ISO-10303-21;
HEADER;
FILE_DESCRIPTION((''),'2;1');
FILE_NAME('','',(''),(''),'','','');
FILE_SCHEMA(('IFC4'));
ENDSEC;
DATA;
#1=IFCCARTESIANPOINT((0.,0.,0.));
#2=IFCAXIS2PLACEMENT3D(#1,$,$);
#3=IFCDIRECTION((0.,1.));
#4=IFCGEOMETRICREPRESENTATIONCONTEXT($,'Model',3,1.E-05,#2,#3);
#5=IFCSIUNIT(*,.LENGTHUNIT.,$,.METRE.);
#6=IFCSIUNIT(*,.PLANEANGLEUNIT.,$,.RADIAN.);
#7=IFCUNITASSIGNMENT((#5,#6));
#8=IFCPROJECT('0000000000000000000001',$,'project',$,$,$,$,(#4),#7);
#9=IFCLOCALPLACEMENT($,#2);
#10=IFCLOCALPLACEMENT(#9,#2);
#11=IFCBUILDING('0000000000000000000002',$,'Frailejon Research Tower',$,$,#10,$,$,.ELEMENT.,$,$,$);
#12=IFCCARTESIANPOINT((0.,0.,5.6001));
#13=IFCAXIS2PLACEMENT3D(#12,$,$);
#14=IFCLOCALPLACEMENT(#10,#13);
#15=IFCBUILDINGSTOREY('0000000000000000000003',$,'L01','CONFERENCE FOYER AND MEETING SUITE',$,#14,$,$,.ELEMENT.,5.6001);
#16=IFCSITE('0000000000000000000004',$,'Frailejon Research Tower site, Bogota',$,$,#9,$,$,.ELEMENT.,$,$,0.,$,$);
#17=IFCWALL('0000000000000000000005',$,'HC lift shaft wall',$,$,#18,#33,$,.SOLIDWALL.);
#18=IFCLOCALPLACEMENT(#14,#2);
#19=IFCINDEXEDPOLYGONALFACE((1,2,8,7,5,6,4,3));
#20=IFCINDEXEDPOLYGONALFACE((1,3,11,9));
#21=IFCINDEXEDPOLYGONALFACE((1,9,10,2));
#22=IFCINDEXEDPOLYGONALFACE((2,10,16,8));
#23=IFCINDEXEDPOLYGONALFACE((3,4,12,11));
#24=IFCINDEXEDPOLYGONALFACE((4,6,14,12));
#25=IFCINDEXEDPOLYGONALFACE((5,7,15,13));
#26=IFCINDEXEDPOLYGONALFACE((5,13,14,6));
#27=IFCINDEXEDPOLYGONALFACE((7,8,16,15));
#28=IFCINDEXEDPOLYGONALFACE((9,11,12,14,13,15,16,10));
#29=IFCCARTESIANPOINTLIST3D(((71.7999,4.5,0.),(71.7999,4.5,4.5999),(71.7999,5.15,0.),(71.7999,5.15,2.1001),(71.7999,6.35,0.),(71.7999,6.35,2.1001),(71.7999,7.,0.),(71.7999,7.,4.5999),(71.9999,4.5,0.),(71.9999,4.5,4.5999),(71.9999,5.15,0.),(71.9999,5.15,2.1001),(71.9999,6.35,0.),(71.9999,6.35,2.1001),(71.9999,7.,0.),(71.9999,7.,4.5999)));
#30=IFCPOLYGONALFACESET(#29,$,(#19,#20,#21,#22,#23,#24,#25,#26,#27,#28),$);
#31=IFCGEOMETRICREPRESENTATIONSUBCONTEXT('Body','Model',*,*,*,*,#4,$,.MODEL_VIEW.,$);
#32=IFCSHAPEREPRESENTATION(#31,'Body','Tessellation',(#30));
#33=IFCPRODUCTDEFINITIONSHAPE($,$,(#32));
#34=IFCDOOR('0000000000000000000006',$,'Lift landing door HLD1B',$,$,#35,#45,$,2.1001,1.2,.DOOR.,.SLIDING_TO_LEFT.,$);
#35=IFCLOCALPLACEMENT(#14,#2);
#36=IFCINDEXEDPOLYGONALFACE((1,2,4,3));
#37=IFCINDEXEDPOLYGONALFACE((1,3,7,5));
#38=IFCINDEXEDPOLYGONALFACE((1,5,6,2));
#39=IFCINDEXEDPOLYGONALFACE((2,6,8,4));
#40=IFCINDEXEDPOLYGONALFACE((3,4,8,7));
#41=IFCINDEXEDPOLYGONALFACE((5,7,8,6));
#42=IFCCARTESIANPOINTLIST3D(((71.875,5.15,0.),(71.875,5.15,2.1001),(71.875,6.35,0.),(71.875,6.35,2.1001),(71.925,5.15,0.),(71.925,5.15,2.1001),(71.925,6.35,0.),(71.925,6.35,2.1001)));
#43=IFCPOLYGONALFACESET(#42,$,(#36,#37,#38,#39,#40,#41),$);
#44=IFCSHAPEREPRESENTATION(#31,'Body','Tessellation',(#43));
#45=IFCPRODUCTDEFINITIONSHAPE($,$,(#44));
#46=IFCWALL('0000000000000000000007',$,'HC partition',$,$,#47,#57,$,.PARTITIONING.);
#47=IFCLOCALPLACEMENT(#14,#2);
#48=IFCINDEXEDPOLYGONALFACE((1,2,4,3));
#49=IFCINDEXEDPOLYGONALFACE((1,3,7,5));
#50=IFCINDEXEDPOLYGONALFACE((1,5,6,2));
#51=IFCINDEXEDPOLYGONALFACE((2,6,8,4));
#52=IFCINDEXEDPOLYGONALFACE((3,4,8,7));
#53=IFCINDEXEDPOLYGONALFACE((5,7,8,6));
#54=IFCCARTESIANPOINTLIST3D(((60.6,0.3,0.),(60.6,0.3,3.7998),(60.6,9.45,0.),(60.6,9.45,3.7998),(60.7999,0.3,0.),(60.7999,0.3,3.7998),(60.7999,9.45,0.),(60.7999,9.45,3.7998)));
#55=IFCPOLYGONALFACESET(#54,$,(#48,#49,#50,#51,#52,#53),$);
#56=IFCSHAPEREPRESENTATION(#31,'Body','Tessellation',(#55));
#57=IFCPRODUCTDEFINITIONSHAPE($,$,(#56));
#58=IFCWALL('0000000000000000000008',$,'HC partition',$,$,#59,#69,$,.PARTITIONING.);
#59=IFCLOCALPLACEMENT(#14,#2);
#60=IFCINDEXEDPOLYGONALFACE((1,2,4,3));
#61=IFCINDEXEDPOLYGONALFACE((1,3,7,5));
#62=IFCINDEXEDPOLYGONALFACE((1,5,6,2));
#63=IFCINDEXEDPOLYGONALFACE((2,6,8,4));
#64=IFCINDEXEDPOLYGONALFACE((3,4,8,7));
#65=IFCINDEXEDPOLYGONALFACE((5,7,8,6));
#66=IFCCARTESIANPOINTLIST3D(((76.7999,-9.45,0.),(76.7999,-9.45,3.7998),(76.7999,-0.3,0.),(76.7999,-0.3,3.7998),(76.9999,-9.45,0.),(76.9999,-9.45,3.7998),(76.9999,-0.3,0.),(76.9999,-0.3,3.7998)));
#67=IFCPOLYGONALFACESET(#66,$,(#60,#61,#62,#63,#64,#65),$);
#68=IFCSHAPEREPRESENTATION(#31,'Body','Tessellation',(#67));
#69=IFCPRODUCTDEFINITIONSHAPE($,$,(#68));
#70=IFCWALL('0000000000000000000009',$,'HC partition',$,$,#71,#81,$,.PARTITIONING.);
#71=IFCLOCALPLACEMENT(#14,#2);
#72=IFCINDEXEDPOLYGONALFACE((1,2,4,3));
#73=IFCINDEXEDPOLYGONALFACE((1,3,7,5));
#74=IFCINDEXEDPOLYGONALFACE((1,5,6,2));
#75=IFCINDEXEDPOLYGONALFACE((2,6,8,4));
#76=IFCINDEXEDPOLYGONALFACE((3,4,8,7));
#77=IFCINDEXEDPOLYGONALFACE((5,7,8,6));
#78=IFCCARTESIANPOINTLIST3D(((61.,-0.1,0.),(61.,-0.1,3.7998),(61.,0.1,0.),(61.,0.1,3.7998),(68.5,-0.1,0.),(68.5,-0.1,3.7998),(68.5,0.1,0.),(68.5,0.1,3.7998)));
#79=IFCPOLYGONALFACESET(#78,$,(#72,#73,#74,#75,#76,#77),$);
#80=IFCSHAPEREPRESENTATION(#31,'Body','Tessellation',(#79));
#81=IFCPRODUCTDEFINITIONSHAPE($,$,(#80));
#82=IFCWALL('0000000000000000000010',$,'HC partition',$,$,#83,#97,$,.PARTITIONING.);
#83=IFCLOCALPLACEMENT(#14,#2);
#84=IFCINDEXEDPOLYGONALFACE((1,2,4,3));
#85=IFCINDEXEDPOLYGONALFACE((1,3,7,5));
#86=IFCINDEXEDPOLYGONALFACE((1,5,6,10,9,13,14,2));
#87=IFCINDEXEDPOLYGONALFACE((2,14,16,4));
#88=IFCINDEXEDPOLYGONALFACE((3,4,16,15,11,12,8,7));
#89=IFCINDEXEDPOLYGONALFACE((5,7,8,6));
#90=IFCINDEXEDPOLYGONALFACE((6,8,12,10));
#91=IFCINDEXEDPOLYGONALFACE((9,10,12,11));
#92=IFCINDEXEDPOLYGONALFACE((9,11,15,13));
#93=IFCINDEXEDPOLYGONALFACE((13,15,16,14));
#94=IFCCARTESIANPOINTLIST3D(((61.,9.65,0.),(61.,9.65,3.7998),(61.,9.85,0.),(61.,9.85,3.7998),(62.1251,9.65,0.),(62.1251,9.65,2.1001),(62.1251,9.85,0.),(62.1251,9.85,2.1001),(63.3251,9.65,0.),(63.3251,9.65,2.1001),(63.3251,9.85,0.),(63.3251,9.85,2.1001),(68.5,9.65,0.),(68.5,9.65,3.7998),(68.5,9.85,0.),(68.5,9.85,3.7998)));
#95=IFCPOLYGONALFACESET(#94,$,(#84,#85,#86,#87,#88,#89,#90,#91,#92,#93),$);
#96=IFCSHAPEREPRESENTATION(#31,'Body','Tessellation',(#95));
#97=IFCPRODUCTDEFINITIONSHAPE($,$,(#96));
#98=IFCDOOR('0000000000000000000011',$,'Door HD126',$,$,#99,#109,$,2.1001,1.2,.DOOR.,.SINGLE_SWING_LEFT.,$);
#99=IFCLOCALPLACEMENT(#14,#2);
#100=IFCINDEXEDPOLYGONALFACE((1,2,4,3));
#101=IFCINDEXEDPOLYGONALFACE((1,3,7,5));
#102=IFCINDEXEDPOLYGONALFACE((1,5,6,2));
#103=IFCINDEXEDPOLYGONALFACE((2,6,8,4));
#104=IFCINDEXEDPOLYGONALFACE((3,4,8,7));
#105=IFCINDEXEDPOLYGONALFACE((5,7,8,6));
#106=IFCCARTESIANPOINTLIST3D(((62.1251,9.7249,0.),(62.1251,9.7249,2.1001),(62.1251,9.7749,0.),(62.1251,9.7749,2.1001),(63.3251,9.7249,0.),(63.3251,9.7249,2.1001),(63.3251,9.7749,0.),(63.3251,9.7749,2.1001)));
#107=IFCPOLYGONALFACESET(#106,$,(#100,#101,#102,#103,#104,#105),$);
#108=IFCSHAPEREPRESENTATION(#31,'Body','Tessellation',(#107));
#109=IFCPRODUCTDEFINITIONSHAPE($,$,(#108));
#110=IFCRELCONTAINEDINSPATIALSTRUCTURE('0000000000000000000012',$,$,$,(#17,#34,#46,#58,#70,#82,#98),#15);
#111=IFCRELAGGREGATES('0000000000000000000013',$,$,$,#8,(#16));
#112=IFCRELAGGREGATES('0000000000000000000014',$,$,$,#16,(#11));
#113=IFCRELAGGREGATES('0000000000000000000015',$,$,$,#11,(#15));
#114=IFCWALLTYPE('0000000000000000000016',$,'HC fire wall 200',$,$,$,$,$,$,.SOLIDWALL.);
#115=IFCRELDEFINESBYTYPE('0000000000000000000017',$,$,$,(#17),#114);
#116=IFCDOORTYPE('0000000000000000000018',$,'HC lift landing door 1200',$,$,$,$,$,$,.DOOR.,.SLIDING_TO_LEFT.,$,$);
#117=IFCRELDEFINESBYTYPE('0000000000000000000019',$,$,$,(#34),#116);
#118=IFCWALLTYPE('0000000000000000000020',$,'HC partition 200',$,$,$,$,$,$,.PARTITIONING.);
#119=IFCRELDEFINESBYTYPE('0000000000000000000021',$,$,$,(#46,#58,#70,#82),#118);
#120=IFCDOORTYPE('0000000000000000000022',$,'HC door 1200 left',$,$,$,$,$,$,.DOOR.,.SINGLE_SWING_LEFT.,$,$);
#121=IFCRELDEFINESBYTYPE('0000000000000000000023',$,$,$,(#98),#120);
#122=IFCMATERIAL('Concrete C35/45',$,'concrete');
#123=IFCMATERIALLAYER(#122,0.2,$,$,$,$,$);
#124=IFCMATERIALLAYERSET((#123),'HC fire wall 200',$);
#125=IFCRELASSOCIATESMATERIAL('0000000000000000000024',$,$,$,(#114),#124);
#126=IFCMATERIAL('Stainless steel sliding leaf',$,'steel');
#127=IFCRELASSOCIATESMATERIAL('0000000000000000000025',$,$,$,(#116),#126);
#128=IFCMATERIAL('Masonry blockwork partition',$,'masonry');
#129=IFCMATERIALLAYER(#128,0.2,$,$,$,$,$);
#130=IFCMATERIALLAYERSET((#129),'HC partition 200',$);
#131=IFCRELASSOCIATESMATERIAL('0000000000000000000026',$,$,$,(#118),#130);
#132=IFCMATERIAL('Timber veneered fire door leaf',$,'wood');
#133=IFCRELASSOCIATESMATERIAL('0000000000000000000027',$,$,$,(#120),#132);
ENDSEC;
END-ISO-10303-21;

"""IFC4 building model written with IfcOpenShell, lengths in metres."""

from ifc_helpers import new_model, si_unit, direction, frame, frame_2d, origin, place, context, subcontext, project, spatial, rectangle, extrude, material, layer, layer_set, type_object, element, fill, save


model = new_model("IFC4")

# Units and contexts
model_context = context("Model", 3, precision=1e-05, world=origin(), true_north=direction((0.0, 1.0)))
body_context = subcontext(model_context, "Body", "Model", "MODEL_VIEW")
ifc_project = project(units=[si_unit("LENGTHUNIT", "METRE"), si_unit("PLANEANGLEUNIT", "RADIAN")], contexts=[model_context])

# Site, building, storey
site_placement = place(None, origin())
site = spatial("IfcSite", under=ifc_project, at=site_placement, Name="Frailejon Research Tower site, Bogota", CompositionType="ELEMENT", RefElevation=0.0)
building_placement = place(site_placement, origin())
building = spatial("IfcBuilding", under=site, at=building_placement, Name="Frailejon Research Tower", CompositionType="ELEMENT")
storey_placement = place(building_placement, frame((0.0, 0.0, 5.6001)))
storey = spatial("IfcBuildingStorey", under=building, at=storey_placement, Name="L01", Description="CONFERENCE FOYER AND MEETING SUITE", CompositionType="ELEMENT", Elevation=5.6001)

# Shared definitions
ifc_material_1 = material(Name="Concrete C35/45", Category="concrete")
ifc_layer_1 = layer(ifc_material_1, 0.2)
ifc_layer_set_1 = layer_set([ifc_layer_1], Name="HC fire wall 200")
wall_type_1 = type_object("IfcWallType", Name="HC fire wall 200", PredefinedType="SOLIDWALL", material=ifc_layer_set_1)

# Wall, opening, door
wall_1_placement = place(storey_placement, frame((71.8999, 4.5, 0.0), z_axis=(0.0, 0.0, 1.0), x_axis=(0.0, 1.0, 0.0)))
wall_1 = element("IfcWall", 1, at=wall_1_placement, inside=storey, type_object=wall_type_1, Name="HC lift shaft wall", PredefinedType="SOLIDWALL", context=body_context, shape_type="SweptSolid", body=[
    extrude(rectangle(XDim=2.5, YDim=0.2, at=frame_2d((1.25, 0.0))), origin(), (0.0, 0.0, 1.0), 4.5999),
])
opening_1_placement = place(wall_1_placement, frame((0.6499, 0.0, 0.0)))
opening_1 = element("IfcOpeningElement", 2, at=opening_1_placement, cuts=wall_1, PredefinedType="OPENING", context=body_context, shape_type="SweptSolid", body=[
    extrude(rectangle(XDim=1.2, YDim=2.1001, at=frame_2d((0.6001, 1.05))), frame((0.0, 0.1099, 0.0), z_axis=(0.0, -1.0, 0.0), x_axis=(1.0, 0.0, 0.0)), (0.0, 0.0, 1.0), 0.22),
])
ifc_material_2 = material(Name="Stainless steel sliding leaf", Category="steel")
door_type_1 = type_object("IfcDoorType", Name="HC lift landing door 1200", OperationType="SLIDING_TO_LEFT", PredefinedType="DOOR", material=ifc_material_2)
door_1_placement = place(opening_1_placement, origin())
door_1 = element("IfcDoor", 3, at=door_1_placement, inside=storey, type_object=door_type_1, Name="Lift landing door HLD1B", OperationType="SLIDING_TO_LEFT", OverallHeight=2.1001, OverallWidth=1.2, PredefinedType="DOOR", context=body_context, shape_type="SweptSolid", body=[
    extrude(rectangle(XDim=1.2, YDim=2.1001, at=frame_2d((0.6001, 1.05))), frame((0.0, 0.0249, 0.0), z_axis=(0.0, -1.0, 0.0), x_axis=(1.0, 0.0, 0.0)), (0.0, 0.0, 1.0), 0.05),
])
fill(opening_1, door_1)

# Walls
ifc_material_3 = material(Name="Masonry blockwork partition", Category="masonry")
ifc_layer_2 = layer(ifc_material_3, 0.2)
ifc_layer_set_2 = layer_set([ifc_layer_2], Name="HC partition 200")
wall_type_2 = type_object("IfcWallType", Name="HC partition 200", PredefinedType="PARTITIONING", material=ifc_layer_set_2)
for number, where, z_axis, x_axis, name in (
    (4, (60.7, 0.3, 0.0), (0.0, 0.0, 1.0), (0.0, 1.0, 0.0), "HC partition"),
    (5, (76.8999, -9.45, 0.0), (0.0, 0.0, 1.0), (0.0, 1.0, 0.0), "HC partition"),
):
    element("IfcWall", number, at=place(storey_placement, frame(where, z_axis=z_axis, x_axis=x_axis)), inside=storey, type_object=wall_type_2, Name=name, PredefinedType="PARTITIONING", context=body_context, shape_type="SweptSolid", body=[
        extrude(rectangle(XDim=9.1499, YDim=0.2, at=frame_2d((4.575, 0.0))), origin(), (0.0, 0.0, 1.0), 3.7998),
    ])
wall_2_placement = place(storey_placement, frame((61.0, 0.0, 0.0), z_axis=(0.0, 0.0, 1.0), x_axis=(1.0, 0.0, 0.0)))
element("IfcWall", 6, at=wall_2_placement, inside=storey, type_object=wall_type_2, Name="HC partition", PredefinedType="PARTITIONING", context=body_context, shape_type="SweptSolid", body=[
    extrude(rectangle(XDim=7.5, YDim=0.2, at=frame_2d((3.75, 0.0))), origin(), (0.0, 0.0, 1.0), 3.7998),
])

# Wall, opening, door
wall_3_placement = place(storey_placement, frame((61.0, 9.75, 0.0), z_axis=(0.0, 0.0, 1.0), x_axis=(1.0, 0.0, 0.0)))
wall_3 = element("IfcWall", 7, at=wall_3_placement, inside=storey, type_object=wall_type_2, Name="HC partition", PredefinedType="PARTITIONING", context=body_context, shape_type="SweptSolid", body=[
    extrude(rectangle(XDim=7.5, YDim=0.2, at=frame_2d((3.75, 0.0))), origin(), (0.0, 0.0, 1.0), 3.7998),
])
opening_2_placement = place(wall_3_placement, frame((1.125, 0.0, 0.0)))
opening_2 = element("IfcOpeningElement", 8, at=opening_2_placement, cuts=wall_3, PredefinedType="OPENING", context=body_context, shape_type="SweptSolid", body=[
    extrude(rectangle(XDim=1.2, YDim=2.1001, at=frame_2d((0.6001, 1.05))), frame((0.0, 0.1099, 0.0), z_axis=(0.0, -1.0, 0.0), x_axis=(1.0, 0.0, 0.0)), (0.0, 0.0, 1.0), 0.22),
])
ifc_material_4 = material(Name="Timber veneered fire door leaf", Category="wood")
door_type_2 = type_object("IfcDoorType", Name="HC door 1200 left", OperationType="SINGLE_SWING_LEFT", PredefinedType="DOOR", material=ifc_material_4)
door_2_placement = place(opening_2_placement, origin())
door_2 = element("IfcDoor", 9, at=door_2_placement, inside=storey, type_object=door_type_2, Name="Door HD126", OperationType="SINGLE_SWING_LEFT", OverallHeight=2.1001, OverallWidth=1.2, PredefinedType="DOOR", context=body_context, shape_type="SweptSolid", body=[
    extrude(rectangle(XDim=1.2, YDim=2.1001, at=frame_2d((0.6001, 1.05))), frame((0.0, 0.0249, 0.0), z_axis=(0.0, -1.0, 0.0), x_axis=(1.0, 0.0, 0.0)), (0.0, 0.0, 1.0), 0.05),
])
fill(opening_2, door_2)

save(model, "model.ifc")
